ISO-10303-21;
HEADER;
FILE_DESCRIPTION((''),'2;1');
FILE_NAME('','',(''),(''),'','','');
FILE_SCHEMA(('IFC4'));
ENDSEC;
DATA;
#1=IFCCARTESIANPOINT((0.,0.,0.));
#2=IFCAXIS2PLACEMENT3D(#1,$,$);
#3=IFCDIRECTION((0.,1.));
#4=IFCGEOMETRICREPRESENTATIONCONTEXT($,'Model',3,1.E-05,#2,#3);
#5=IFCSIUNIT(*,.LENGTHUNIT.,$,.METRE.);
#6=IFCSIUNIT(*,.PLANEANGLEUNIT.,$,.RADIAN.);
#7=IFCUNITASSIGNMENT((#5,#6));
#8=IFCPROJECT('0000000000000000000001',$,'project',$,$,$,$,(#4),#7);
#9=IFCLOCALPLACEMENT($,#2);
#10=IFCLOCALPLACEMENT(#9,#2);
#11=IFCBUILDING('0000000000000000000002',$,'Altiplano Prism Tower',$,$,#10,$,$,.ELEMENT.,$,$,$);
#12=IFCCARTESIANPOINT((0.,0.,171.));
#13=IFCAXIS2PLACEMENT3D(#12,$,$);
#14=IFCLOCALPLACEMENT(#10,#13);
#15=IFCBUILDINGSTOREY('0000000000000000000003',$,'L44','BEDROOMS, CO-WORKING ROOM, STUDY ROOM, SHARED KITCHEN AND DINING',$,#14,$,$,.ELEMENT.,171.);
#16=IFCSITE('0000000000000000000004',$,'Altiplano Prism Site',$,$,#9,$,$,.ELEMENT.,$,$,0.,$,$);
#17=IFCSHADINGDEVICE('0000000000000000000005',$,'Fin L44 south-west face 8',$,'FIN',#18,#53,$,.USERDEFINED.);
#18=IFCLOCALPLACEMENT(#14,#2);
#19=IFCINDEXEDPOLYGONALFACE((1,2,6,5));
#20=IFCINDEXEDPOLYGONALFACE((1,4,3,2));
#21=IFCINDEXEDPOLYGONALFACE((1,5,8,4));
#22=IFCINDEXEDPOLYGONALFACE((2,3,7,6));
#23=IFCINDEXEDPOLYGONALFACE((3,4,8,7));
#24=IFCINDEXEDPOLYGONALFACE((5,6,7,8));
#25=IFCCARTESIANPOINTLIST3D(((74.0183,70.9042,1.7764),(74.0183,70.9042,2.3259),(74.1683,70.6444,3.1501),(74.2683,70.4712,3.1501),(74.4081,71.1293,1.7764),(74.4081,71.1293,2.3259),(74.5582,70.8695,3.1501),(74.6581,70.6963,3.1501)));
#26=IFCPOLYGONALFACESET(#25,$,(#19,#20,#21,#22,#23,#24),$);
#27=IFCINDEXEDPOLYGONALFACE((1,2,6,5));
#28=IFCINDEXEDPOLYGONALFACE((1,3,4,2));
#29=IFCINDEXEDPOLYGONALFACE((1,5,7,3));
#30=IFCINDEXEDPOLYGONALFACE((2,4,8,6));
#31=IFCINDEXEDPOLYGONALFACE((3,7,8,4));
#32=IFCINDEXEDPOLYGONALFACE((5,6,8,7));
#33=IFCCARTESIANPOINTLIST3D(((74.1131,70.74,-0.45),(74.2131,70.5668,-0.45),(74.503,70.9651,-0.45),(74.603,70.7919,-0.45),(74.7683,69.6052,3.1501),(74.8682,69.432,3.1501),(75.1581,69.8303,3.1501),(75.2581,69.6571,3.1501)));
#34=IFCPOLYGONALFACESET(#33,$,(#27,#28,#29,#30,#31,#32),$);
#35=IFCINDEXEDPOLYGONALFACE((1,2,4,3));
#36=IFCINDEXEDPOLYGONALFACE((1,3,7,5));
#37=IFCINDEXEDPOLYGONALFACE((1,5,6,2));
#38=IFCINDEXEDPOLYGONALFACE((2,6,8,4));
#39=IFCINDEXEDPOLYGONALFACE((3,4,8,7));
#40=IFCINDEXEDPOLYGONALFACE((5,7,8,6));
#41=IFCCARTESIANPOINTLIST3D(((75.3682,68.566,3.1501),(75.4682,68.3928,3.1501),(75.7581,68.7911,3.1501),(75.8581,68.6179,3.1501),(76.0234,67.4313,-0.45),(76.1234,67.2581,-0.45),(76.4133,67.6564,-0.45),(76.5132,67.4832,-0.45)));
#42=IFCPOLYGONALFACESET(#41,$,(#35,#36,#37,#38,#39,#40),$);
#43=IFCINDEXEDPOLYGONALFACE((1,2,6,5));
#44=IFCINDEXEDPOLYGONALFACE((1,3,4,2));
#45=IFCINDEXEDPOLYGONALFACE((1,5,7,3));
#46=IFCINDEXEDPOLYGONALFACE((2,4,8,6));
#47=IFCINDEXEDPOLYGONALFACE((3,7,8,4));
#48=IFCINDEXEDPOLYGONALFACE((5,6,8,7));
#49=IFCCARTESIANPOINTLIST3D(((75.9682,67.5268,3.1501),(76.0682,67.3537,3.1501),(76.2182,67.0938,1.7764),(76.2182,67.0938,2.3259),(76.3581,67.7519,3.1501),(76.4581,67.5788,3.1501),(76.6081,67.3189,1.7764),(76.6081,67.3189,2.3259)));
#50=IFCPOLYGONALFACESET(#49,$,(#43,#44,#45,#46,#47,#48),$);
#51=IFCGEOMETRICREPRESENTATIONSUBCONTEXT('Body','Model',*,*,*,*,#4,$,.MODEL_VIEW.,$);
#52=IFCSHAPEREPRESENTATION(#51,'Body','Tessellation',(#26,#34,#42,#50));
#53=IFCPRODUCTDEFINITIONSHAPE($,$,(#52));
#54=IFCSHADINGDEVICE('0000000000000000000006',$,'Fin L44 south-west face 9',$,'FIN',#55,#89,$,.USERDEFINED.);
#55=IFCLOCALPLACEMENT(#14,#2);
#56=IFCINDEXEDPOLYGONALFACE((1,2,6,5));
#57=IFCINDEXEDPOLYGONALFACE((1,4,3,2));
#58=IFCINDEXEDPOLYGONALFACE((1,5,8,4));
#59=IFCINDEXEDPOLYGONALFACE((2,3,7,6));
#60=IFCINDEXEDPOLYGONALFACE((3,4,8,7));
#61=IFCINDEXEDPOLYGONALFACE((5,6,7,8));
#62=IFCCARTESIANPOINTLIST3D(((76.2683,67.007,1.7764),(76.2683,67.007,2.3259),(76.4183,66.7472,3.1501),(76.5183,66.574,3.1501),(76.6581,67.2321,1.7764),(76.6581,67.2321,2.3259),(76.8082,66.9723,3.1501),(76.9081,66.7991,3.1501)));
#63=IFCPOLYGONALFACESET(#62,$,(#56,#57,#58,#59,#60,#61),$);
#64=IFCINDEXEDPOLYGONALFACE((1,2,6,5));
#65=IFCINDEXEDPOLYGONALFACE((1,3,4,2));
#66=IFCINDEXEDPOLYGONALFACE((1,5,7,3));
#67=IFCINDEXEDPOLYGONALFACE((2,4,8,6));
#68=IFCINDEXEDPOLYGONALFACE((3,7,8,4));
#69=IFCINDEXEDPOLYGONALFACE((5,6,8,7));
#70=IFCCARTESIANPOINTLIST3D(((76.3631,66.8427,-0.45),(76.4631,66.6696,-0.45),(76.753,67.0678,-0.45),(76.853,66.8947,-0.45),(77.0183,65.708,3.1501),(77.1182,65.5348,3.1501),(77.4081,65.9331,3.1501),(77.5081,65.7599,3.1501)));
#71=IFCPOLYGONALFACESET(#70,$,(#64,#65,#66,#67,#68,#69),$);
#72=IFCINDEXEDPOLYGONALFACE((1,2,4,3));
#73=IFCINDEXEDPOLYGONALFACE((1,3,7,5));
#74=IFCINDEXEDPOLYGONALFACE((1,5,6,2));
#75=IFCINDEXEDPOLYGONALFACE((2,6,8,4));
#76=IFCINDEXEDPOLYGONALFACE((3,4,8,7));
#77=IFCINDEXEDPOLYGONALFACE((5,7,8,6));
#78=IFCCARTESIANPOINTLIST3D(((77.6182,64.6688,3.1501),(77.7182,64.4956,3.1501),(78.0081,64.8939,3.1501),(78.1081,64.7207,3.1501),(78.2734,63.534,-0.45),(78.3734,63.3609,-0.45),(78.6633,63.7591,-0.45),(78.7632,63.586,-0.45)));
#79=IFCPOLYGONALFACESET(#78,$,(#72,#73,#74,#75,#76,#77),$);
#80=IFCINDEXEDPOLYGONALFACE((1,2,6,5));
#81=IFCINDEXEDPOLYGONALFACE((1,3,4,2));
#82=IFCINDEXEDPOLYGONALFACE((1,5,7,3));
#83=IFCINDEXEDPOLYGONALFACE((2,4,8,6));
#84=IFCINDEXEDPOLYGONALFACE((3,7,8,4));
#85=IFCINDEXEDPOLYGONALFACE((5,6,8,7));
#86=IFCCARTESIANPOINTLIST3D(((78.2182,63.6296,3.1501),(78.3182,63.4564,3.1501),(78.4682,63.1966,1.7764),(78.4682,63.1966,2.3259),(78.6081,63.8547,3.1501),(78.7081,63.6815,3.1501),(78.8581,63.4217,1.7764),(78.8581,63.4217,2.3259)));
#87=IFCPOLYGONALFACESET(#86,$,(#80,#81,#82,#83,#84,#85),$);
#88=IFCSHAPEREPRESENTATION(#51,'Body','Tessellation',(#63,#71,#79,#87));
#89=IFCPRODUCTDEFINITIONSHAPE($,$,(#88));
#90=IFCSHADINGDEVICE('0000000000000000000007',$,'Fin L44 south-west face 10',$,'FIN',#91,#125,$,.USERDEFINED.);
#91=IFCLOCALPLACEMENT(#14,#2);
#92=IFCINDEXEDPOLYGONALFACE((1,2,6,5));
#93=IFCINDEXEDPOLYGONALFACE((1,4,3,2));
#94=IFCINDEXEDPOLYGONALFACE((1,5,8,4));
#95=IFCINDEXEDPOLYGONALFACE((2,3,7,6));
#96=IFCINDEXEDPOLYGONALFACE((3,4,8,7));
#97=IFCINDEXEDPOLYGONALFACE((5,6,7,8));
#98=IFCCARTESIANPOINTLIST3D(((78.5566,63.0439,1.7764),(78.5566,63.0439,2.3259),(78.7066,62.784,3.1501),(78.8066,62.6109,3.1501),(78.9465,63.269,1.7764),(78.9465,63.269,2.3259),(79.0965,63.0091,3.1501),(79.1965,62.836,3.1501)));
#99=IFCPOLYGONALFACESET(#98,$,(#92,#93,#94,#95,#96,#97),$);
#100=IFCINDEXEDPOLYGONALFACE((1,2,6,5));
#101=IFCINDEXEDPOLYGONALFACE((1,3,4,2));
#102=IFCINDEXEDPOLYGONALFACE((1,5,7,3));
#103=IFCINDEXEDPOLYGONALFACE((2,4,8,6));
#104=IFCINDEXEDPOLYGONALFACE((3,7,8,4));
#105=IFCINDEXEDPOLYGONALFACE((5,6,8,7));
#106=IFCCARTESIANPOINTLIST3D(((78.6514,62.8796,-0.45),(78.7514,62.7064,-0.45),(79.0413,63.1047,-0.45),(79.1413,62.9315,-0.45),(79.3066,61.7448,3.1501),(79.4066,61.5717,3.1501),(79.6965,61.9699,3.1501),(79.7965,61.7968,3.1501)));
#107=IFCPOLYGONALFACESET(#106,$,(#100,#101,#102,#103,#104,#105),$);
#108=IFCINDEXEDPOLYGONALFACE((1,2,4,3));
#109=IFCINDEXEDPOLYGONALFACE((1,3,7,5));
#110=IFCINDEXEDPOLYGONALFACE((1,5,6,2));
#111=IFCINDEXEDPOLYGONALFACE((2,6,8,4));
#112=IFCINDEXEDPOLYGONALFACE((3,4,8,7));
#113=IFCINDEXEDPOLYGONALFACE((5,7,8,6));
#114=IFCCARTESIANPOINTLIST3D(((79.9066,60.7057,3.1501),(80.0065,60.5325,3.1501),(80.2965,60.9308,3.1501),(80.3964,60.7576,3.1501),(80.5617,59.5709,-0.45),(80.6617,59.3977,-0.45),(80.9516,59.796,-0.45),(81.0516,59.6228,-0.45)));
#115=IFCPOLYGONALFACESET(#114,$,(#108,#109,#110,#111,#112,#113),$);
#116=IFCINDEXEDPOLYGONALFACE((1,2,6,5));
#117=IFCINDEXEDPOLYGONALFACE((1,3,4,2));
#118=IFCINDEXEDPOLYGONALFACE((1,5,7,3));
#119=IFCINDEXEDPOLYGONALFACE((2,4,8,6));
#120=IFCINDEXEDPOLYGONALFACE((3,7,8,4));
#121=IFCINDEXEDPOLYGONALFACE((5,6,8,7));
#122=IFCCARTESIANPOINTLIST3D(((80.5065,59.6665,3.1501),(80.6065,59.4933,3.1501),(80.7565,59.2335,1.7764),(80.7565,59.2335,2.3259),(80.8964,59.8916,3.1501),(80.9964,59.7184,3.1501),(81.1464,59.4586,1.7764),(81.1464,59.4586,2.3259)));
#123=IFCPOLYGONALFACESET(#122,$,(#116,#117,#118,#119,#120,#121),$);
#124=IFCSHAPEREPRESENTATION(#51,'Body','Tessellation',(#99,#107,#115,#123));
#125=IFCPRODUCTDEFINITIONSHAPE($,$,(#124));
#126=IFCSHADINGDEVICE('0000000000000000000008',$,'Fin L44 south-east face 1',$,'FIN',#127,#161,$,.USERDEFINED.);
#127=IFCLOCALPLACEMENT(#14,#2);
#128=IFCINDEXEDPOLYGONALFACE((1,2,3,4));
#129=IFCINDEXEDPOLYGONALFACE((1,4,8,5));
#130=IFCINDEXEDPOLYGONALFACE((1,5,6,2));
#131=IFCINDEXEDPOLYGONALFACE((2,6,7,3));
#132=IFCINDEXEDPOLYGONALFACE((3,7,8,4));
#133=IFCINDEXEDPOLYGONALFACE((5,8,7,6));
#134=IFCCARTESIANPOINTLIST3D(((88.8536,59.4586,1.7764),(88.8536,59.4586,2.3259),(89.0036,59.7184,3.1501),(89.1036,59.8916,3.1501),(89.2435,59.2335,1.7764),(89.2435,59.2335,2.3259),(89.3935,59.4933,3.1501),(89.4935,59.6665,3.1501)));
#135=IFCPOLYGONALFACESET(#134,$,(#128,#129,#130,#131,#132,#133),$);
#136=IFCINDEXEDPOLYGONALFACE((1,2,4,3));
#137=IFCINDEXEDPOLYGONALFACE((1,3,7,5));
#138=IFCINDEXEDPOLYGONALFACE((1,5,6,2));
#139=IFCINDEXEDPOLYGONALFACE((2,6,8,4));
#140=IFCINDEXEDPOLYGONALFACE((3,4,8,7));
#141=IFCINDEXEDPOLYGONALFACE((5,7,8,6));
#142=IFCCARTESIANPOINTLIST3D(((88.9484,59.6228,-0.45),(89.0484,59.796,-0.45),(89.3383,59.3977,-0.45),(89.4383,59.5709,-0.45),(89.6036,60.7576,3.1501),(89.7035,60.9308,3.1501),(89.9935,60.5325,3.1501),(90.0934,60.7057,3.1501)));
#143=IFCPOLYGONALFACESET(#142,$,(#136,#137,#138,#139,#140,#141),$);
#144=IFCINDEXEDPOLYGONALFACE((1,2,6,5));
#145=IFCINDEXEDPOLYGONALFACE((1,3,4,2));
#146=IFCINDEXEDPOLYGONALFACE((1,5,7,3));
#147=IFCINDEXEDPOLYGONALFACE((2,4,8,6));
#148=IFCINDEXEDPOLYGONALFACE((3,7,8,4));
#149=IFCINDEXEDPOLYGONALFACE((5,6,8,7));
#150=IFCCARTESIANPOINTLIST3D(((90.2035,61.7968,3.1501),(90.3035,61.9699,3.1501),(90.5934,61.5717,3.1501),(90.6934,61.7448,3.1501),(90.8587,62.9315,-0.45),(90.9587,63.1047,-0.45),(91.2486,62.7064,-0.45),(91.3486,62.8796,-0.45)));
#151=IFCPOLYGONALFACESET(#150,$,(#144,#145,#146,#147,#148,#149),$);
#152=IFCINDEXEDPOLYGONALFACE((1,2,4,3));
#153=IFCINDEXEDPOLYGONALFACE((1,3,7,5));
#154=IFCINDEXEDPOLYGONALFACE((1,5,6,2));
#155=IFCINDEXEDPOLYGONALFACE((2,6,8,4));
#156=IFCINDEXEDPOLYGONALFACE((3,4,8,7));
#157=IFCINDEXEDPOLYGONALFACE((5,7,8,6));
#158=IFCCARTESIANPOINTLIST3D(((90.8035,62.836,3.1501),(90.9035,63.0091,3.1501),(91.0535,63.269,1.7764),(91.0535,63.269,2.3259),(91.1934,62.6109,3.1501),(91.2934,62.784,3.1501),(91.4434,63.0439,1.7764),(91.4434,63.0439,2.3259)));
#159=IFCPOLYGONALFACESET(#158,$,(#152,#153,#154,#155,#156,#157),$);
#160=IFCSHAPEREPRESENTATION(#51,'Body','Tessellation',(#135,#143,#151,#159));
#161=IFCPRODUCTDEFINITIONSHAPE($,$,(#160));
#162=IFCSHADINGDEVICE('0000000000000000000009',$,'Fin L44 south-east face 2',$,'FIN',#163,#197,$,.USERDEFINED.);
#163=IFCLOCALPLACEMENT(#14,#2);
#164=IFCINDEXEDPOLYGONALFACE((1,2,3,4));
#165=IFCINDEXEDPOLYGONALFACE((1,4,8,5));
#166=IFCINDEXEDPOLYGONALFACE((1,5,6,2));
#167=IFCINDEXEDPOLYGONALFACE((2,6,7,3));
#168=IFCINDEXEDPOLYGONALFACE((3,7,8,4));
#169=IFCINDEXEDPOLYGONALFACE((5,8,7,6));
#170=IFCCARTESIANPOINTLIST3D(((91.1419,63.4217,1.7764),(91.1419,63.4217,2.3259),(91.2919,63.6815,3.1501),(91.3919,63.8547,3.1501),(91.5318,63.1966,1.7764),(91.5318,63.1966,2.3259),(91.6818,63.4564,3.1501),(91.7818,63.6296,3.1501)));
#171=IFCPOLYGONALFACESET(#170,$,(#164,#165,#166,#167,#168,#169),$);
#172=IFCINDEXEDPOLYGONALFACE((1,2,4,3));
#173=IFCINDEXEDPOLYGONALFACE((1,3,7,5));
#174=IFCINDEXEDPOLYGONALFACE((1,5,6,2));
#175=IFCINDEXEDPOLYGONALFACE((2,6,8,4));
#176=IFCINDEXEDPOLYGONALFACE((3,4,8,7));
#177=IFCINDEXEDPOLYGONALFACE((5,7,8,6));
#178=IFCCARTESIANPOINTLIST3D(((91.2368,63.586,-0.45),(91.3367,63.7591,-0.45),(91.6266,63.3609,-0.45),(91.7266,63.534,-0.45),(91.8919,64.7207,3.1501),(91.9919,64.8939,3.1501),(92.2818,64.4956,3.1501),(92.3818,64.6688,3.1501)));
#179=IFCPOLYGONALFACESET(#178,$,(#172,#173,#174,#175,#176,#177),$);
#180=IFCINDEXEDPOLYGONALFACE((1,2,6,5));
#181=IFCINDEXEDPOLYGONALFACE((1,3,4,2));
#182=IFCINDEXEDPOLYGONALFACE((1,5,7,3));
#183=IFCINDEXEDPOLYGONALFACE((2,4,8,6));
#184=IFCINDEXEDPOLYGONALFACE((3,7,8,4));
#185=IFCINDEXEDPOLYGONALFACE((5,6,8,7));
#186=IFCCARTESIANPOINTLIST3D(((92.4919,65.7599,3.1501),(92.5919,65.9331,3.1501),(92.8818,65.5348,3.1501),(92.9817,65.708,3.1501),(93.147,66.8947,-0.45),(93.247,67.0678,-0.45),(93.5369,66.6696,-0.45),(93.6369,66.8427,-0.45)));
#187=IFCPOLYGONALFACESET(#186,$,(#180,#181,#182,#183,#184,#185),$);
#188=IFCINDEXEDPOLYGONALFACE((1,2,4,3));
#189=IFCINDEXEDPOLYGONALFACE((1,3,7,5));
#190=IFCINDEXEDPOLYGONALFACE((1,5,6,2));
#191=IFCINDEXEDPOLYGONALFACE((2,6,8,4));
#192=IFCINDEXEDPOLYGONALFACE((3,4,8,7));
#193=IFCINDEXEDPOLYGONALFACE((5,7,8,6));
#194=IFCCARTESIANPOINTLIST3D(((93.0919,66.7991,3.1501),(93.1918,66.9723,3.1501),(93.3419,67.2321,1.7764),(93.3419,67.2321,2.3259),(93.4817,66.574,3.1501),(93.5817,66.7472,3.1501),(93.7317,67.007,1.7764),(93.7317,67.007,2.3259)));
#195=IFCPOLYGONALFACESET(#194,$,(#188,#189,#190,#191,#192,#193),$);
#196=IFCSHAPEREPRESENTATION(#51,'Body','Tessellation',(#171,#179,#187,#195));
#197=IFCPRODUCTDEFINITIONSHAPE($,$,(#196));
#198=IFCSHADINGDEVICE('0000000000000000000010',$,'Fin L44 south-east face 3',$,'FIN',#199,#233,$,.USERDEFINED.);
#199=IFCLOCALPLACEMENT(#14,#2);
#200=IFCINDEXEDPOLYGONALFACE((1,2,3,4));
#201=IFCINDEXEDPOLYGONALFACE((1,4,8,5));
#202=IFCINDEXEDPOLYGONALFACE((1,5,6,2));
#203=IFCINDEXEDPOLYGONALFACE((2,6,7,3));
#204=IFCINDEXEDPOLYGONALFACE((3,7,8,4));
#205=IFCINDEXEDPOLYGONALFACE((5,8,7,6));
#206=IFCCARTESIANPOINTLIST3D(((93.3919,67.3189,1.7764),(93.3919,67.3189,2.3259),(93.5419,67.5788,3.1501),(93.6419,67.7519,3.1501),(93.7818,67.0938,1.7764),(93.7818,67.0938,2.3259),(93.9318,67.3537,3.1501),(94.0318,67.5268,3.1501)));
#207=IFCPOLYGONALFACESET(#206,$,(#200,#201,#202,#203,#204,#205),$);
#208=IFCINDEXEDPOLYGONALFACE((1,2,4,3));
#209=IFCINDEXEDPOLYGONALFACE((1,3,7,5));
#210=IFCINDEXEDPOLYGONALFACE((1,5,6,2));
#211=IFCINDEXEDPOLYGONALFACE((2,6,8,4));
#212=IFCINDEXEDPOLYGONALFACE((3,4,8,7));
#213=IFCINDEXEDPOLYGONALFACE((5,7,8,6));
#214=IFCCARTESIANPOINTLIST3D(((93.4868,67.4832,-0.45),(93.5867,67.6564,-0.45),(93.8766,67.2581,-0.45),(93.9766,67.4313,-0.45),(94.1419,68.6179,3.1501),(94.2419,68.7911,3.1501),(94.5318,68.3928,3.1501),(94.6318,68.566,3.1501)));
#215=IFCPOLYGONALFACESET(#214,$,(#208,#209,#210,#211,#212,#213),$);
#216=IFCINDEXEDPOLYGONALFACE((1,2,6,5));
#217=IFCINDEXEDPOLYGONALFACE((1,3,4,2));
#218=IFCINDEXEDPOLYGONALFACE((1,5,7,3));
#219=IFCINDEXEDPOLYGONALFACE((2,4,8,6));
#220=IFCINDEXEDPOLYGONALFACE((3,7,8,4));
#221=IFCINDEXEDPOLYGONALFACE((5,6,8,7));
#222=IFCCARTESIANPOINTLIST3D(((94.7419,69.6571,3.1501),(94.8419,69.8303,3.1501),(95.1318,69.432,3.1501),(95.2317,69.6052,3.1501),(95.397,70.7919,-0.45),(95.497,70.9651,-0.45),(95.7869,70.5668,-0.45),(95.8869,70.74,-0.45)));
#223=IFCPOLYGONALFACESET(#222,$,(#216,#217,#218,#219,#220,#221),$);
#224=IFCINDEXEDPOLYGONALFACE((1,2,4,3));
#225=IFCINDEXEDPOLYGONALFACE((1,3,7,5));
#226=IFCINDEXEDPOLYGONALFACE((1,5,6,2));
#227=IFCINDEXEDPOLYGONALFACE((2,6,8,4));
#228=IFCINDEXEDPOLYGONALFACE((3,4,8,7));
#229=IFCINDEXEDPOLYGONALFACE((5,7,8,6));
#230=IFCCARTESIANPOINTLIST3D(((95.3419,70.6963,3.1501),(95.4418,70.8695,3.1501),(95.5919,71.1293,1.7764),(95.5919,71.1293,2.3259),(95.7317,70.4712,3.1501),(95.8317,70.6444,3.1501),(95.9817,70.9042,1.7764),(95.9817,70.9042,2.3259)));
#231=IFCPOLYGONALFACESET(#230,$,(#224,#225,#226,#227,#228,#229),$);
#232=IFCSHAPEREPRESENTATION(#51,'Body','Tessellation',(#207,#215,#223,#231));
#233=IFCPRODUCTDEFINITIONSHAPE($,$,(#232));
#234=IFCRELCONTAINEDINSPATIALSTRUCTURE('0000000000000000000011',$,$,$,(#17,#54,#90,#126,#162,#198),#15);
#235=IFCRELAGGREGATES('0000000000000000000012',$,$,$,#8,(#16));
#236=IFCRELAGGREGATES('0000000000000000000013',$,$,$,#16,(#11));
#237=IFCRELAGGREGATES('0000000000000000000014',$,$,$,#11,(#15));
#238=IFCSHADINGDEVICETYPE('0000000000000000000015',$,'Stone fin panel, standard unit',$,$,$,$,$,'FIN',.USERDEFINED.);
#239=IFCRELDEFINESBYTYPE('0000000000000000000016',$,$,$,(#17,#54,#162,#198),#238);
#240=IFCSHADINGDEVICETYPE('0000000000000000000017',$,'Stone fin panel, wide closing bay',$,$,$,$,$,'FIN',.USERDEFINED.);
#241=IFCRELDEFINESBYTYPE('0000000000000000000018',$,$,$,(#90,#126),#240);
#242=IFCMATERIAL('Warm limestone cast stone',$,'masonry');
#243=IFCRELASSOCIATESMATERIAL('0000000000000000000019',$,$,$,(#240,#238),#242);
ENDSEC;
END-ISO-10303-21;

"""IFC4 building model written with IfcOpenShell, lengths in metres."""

from ifc_helpers import new_model, si_unit, direction, frame, origin, place, context, subcontext, project, spatial, polyline, outline, extrude, source, transform, mapped, material, type_object, element, save


model = new_model("IFC4")

# Units and contexts
model_context = context("Model", 3, precision=1e-05, world=origin(), true_north=direction((0.0, 1.0)))
body_context = subcontext(model_context, "Body", "Model", "MODEL_VIEW")
ifc_project = project(units=[si_unit("LENGTHUNIT", "METRE"), si_unit("PLANEANGLEUNIT", "RADIAN")], contexts=[model_context])

# Site, building, storey
site_placement = place(None, origin())
site = spatial("IfcSite", under=ifc_project, at=site_placement, Name="Altiplano Prism Site", CompositionType="ELEMENT", RefElevation=0.0)
building_placement = place(site_placement, origin())
building = spatial("IfcBuilding", under=site, at=building_placement, Name="Altiplano Prism Tower", CompositionType="ELEMENT")
storey_placement = place(building_placement, frame((0.0, 0.0, 171.0)))
storey = spatial("IfcBuildingStorey", under=building, at=storey_placement, Name="L44", Description="BEDROOMS, CO-WORKING ROOM, STUDY ROOM, SHARED KITCHEN AND DINING", CompositionType="ELEMENT", Elevation=171.0)

# Shading devices
ifc_material_1 = material(Name="Warm limestone cast stone", Category="masonry")
shading_device_type_1 = type_object("IfcShadingDeviceType", Name="Stone fin panel, wide closing bay", ElementType="FIN", PredefinedType="USERDEFINED", material=ifc_material_1)
shared_shape_1 = source(origin(), body_context, "Body", "SweptSolid", [
    extrude(outline(polyline([(-2.2, 2.2263), (-1.7, 3.6001), (-1.8999, 3.6001), (-2.2, 2.7759), (-2.2, 2.2263)])), frame((0.0, -0.1499, 0.0), z_axis=(0.0, -1.0, 0.0), x_axis=(1.0, 0.0, 0.0)), (0.0, 0.0, 1.0), 0.4502),
    extrude(outline(polyline([(-2.0103, 0.0), (-1.8103, 0.0), (-0.5, 3.6001), (-0.7, 3.6001), (-2.0103, 0.0)])), frame((0.0, -0.1499, 0.0), z_axis=(0.0, -1.0, 0.0), x_axis=(1.0, 0.0, 0.0)), (0.0, 0.0, 1.0), 0.4502),
    extrude(outline(polyline([(1.8103, 0.0), (2.0103, 0.0), (0.7, 3.6001), (0.5, 3.6001), (1.8103, 0.0)])), frame((0.0, -0.1499, 0.0), z_axis=(0.0, -1.0, 0.0), x_axis=(1.0, 0.0, 0.0)), (0.0, 0.0, 1.0), 0.4502),
    extrude(outline(polyline([(2.2, 2.7759), (1.8999, 3.6001), (1.7, 3.6001), (2.2, 2.2263), (2.2, 2.7759)])), frame((0.0, -0.1499, 0.0), z_axis=(0.0, -1.0, 0.0), x_axis=(1.0, 0.0, 0.0)), (0.0, 0.0, 1.0), 0.4502),
])
shading_device_type_2 = type_object("IfcShadingDeviceType", Name="Stone fin panel, standard unit", ElementType="FIN", PredefinedType="USERDEFINED", material=ifc_material_1)
shading_device_1_placement = place(storey_placement, origin())
element("IfcShadingDevice", 1, at=shading_device_1_placement, inside=storey, type_object=shading_device_type_2, Name="Fin L44 south-west face 8", ObjectType="FIN", PredefinedType="USERDEFINED", context=body_context, shape_type="MappedRepresentation", body=[
    mapped(shared_shape_1, transform((75.6379, 69.2991, -0.45), x_axis=(0.5, -0.866025, 0.0), y_axis=(0.866025, 0.5, 0.0), z_axis=(0.0, 0.0, 1.0))),
])
shading_device_2_placement = place(storey_placement, origin())
element("IfcShadingDevice", 2, at=shading_device_2_placement, inside=storey, type_object=shading_device_type_2, Name="Fin L44 south-west face 9", ObjectType="FIN", PredefinedType="USERDEFINED", context=body_context, shape_type="MappedRepresentation", body=[
    mapped(shared_shape_1, transform((77.8879, 65.4019, -0.45), x_axis=(0.5, -0.866025, 0.0), y_axis=(0.866025, 0.5, 0.0), z_axis=(0.0, 0.0, 1.0))),
])
shading_device_3_placement = place(storey_placement, origin())
element("IfcShadingDevice", 3, at=shading_device_3_placement, inside=storey, type_object=shading_device_type_1, Name="Fin L44 south-west face 10", ObjectType="FIN", PredefinedType="USERDEFINED", context=body_context, shape_type="MappedRepresentation", body=[
    mapped(shared_shape_1, transform((80.1763, 61.4387, -0.45), x_axis=(0.5, -0.866025, 0.0), y_axis=(0.866025, 0.5, 0.0), z_axis=(0.0, 0.0, 1.0))),
])
shading_device_4_placement = place(storey_placement, origin())
element("IfcShadingDevice", 4, at=shading_device_4_placement, inside=storey, type_object=shading_device_type_1, Name="Fin L44 south-east face 1", ObjectType="FIN", PredefinedType="USERDEFINED", context=body_context, shape_type="MappedRepresentation", body=[
    mapped(shared_shape_1, transform((89.8237, 61.4387, -0.45), x_axis=(0.5, 0.866025, 0.0), y_axis=(-0.866025, 0.5, 0.0), z_axis=(0.0, 0.0, 1.0))),
])
shading_device_5_placement = place(storey_placement, origin())
element("IfcShadingDevice", 5, at=shading_device_5_placement, inside=storey, type_object=shading_device_type_2, Name="Fin L44 south-east face 2", ObjectType="FIN", PredefinedType="USERDEFINED", context=body_context, shape_type="MappedRepresentation", body=[
    mapped(shared_shape_1, transform((92.1121, 65.4019, -0.45), x_axis=(0.5, 0.866025, 0.0), y_axis=(-0.866025, 0.5, 0.0), z_axis=(0.0, 0.0, 1.0))),
])
shading_device_6_placement = place(storey_placement, origin())
element("IfcShadingDevice", 6, at=shading_device_6_placement, inside=storey, type_object=shading_device_type_2, Name="Fin L44 south-east face 3", ObjectType="FIN", PredefinedType="USERDEFINED", context=body_context, shape_type="MappedRepresentation", body=[
    mapped(shared_shape_1, transform((94.3621, 69.2991, -0.45), x_axis=(0.5, 0.866025, 0.0), y_axis=(-0.866025, 0.5, 0.0), z_axis=(0.0, 0.0, 1.0))),
])

save(model, "model.ifc")
